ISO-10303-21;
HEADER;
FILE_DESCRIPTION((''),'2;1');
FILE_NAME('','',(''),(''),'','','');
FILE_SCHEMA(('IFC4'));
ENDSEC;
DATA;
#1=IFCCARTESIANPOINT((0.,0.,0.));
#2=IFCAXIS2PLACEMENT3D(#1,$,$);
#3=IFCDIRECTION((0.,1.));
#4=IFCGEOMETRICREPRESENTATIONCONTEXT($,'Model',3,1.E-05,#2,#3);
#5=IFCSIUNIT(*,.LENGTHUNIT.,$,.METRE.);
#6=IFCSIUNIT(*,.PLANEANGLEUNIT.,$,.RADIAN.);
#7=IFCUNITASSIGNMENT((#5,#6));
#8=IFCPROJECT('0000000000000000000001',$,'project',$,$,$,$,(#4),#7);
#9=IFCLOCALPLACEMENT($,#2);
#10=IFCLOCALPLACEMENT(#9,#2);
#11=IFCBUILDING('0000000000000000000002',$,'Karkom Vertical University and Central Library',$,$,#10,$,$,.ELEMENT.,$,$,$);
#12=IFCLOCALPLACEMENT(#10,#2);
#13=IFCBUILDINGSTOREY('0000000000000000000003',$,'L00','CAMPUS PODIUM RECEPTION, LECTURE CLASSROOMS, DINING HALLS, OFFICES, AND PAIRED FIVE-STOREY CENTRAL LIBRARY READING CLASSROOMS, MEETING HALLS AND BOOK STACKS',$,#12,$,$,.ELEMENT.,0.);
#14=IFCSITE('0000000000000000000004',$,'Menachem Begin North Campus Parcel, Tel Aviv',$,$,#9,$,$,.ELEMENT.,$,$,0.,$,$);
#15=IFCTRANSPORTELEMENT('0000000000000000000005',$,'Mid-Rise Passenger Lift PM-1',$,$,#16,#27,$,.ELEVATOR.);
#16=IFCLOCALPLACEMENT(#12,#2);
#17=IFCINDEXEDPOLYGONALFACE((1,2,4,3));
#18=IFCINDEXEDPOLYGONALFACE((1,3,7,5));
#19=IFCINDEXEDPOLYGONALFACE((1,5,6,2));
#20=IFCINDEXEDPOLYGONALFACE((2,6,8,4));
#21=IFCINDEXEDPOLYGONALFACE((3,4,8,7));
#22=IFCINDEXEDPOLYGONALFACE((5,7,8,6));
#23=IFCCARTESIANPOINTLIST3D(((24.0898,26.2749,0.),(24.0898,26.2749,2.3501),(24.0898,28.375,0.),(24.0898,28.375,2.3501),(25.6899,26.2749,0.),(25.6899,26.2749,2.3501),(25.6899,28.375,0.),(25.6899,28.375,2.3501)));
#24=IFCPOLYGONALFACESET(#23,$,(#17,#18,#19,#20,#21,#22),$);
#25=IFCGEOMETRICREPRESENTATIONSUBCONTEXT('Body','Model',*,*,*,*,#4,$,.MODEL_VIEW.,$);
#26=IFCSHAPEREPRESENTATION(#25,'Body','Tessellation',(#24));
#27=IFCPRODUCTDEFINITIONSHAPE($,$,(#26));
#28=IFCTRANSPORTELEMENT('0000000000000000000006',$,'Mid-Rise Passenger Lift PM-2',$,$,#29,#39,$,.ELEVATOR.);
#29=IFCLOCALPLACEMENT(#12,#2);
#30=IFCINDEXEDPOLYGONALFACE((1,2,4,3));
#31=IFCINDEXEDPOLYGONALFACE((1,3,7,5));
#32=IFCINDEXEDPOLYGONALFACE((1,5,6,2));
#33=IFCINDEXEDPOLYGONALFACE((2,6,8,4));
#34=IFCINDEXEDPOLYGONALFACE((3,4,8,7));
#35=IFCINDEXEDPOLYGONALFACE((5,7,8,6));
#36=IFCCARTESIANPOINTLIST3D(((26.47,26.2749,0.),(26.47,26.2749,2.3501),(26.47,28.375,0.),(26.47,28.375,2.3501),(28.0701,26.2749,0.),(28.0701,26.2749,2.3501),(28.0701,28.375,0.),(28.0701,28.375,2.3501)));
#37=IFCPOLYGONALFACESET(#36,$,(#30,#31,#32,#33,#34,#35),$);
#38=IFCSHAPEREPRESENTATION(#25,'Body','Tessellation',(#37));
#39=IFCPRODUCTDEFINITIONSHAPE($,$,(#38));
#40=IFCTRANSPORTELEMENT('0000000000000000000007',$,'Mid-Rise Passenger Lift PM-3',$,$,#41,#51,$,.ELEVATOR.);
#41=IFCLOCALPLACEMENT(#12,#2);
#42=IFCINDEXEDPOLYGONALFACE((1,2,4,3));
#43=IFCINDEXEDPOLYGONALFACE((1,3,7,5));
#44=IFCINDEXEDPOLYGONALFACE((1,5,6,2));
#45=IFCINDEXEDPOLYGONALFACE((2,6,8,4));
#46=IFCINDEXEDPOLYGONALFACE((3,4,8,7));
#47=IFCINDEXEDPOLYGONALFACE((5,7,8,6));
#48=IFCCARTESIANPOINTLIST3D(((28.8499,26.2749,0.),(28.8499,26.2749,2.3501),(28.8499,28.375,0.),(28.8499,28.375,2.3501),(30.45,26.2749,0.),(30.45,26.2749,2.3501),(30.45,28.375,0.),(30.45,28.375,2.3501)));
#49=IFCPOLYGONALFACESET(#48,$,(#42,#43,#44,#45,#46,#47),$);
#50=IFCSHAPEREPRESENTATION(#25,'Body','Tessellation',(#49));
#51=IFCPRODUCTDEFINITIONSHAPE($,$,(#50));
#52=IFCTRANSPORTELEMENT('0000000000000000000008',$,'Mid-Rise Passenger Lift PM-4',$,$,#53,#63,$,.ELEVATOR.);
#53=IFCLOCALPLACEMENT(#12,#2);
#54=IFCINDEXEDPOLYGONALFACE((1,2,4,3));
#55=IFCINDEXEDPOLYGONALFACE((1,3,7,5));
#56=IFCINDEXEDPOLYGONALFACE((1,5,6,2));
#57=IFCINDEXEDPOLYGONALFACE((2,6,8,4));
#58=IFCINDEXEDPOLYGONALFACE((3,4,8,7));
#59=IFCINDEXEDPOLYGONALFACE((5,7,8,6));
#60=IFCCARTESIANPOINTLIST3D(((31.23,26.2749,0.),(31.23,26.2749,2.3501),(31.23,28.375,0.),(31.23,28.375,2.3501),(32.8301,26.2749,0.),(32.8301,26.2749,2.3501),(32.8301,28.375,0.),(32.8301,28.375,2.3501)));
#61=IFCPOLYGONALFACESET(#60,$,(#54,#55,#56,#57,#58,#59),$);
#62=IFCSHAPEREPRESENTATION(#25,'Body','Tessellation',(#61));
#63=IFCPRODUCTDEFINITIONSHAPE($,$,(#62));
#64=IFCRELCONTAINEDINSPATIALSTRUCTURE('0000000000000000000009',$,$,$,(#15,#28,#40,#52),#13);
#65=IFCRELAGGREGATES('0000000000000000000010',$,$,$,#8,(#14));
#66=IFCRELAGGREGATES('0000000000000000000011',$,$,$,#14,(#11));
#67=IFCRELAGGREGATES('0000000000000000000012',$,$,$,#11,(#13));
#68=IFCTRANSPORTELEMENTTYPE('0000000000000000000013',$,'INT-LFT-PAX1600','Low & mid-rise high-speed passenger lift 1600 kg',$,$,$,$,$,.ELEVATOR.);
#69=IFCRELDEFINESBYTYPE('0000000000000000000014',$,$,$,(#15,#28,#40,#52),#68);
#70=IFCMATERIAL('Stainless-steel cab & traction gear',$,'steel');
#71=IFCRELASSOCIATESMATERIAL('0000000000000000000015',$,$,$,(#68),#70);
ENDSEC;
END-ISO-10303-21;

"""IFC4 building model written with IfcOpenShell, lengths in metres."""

from ifc_helpers import new_model, si_unit, direction, frame, origin, origin_with_axes, origin_2d, place, context, subcontext, project, spatial, rectangle, extrude, source, transform, mapped, material, type_object, element, save


model = new_model("IFC4")

# Units and contexts
model_context = context("Model", 3, precision=1e-05, world=origin(), true_north=direction((0.0, 1.0)))
body_context = subcontext(model_context, "Body", "Model", "MODEL_VIEW")
ifc_project = project(units=[si_unit("LENGTHUNIT", "METRE"), si_unit("PLANEANGLEUNIT", "RADIAN")], contexts=[model_context])

# Site, building, storey
site_placement = place(None, origin())
site = spatial("IfcSite", under=ifc_project, at=site_placement, Name="Menachem Begin North Campus Parcel, Tel Aviv", CompositionType="ELEMENT", RefElevation=0.0)
building_placement = place(site_placement, origin())
building = spatial("IfcBuilding", under=site, at=building_placement, Name="Karkom Vertical University and Central Library", CompositionType="ELEMENT")
storey_placement = place(building_placement, origin())
storey = spatial("IfcBuildingStorey", under=building, at=storey_placement, Name="L00", Description="CAMPUS PODIUM RECEPTION, LECTURE CLASSROOMS, DINING HALLS, OFFICES, AND PAIRED FIVE-STOREY CENTRAL LIBRARY READING CLASSROOMS, MEETING HALLS AND BOOK STACKS", CompositionType="ELEMENT", Elevation=0.0)

# Transport elements
ifc_material_1 = material(Name="Stainless-steel cab & traction gear", Category="steel")
transport_element_type = type_object("IfcTransportElementType", Name="INT-LFT-PAX1600", Description="Low & mid-rise high-speed passenger lift 1600 kg", PredefinedType="ELEVATOR", material=ifc_material_1)
shared_shape_1 = source(origin_with_axes(), body_context, "Body", "SweptSolid", [
    extrude(rectangle(XDim=1.6001, YDim=2.1001, at=origin_2d()), origin(), (0.0, 0.0, 1.0), 2.3501),
])
for number, where, z_axis, x_axis, name in (
    (1, (24.8899, 27.325, 0.0), (0.0, 0.0, 1.0), (1.0, 0.0, 0.0), "Mid-Rise Passenger Lift PM-1"),
    (2, (27.27, 27.325, 0.0), (0.0, 0.0, 1.0), (1.0, 0.0, 0.0), "Mid-Rise Passenger Lift PM-2"),
    (3, (29.6499, 27.325, 0.0), (0.0, 0.0, 1.0), (1.0, 0.0, 0.0), "Mid-Rise Passenger Lift PM-3"),
    (4, (32.03, 27.325, 0.0), (0.0, 0.0, 1.0), (1.0, 0.0, 0.0), "Mid-Rise Passenger Lift PM-4"),
):
    element("IfcTransportElement", number, at=place(storey_placement, frame(where, z_axis=z_axis, x_axis=x_axis)), inside=storey, type_object=transport_element_type, Name=name, PredefinedType="ELEVATOR", context=body_context, shape_type="MappedRepresentation", body=[
        mapped(shared_shape_1, transform((0.0, 0.0, 0.0), scale=1.0)),
    ])

save(model, "model.ifc")
